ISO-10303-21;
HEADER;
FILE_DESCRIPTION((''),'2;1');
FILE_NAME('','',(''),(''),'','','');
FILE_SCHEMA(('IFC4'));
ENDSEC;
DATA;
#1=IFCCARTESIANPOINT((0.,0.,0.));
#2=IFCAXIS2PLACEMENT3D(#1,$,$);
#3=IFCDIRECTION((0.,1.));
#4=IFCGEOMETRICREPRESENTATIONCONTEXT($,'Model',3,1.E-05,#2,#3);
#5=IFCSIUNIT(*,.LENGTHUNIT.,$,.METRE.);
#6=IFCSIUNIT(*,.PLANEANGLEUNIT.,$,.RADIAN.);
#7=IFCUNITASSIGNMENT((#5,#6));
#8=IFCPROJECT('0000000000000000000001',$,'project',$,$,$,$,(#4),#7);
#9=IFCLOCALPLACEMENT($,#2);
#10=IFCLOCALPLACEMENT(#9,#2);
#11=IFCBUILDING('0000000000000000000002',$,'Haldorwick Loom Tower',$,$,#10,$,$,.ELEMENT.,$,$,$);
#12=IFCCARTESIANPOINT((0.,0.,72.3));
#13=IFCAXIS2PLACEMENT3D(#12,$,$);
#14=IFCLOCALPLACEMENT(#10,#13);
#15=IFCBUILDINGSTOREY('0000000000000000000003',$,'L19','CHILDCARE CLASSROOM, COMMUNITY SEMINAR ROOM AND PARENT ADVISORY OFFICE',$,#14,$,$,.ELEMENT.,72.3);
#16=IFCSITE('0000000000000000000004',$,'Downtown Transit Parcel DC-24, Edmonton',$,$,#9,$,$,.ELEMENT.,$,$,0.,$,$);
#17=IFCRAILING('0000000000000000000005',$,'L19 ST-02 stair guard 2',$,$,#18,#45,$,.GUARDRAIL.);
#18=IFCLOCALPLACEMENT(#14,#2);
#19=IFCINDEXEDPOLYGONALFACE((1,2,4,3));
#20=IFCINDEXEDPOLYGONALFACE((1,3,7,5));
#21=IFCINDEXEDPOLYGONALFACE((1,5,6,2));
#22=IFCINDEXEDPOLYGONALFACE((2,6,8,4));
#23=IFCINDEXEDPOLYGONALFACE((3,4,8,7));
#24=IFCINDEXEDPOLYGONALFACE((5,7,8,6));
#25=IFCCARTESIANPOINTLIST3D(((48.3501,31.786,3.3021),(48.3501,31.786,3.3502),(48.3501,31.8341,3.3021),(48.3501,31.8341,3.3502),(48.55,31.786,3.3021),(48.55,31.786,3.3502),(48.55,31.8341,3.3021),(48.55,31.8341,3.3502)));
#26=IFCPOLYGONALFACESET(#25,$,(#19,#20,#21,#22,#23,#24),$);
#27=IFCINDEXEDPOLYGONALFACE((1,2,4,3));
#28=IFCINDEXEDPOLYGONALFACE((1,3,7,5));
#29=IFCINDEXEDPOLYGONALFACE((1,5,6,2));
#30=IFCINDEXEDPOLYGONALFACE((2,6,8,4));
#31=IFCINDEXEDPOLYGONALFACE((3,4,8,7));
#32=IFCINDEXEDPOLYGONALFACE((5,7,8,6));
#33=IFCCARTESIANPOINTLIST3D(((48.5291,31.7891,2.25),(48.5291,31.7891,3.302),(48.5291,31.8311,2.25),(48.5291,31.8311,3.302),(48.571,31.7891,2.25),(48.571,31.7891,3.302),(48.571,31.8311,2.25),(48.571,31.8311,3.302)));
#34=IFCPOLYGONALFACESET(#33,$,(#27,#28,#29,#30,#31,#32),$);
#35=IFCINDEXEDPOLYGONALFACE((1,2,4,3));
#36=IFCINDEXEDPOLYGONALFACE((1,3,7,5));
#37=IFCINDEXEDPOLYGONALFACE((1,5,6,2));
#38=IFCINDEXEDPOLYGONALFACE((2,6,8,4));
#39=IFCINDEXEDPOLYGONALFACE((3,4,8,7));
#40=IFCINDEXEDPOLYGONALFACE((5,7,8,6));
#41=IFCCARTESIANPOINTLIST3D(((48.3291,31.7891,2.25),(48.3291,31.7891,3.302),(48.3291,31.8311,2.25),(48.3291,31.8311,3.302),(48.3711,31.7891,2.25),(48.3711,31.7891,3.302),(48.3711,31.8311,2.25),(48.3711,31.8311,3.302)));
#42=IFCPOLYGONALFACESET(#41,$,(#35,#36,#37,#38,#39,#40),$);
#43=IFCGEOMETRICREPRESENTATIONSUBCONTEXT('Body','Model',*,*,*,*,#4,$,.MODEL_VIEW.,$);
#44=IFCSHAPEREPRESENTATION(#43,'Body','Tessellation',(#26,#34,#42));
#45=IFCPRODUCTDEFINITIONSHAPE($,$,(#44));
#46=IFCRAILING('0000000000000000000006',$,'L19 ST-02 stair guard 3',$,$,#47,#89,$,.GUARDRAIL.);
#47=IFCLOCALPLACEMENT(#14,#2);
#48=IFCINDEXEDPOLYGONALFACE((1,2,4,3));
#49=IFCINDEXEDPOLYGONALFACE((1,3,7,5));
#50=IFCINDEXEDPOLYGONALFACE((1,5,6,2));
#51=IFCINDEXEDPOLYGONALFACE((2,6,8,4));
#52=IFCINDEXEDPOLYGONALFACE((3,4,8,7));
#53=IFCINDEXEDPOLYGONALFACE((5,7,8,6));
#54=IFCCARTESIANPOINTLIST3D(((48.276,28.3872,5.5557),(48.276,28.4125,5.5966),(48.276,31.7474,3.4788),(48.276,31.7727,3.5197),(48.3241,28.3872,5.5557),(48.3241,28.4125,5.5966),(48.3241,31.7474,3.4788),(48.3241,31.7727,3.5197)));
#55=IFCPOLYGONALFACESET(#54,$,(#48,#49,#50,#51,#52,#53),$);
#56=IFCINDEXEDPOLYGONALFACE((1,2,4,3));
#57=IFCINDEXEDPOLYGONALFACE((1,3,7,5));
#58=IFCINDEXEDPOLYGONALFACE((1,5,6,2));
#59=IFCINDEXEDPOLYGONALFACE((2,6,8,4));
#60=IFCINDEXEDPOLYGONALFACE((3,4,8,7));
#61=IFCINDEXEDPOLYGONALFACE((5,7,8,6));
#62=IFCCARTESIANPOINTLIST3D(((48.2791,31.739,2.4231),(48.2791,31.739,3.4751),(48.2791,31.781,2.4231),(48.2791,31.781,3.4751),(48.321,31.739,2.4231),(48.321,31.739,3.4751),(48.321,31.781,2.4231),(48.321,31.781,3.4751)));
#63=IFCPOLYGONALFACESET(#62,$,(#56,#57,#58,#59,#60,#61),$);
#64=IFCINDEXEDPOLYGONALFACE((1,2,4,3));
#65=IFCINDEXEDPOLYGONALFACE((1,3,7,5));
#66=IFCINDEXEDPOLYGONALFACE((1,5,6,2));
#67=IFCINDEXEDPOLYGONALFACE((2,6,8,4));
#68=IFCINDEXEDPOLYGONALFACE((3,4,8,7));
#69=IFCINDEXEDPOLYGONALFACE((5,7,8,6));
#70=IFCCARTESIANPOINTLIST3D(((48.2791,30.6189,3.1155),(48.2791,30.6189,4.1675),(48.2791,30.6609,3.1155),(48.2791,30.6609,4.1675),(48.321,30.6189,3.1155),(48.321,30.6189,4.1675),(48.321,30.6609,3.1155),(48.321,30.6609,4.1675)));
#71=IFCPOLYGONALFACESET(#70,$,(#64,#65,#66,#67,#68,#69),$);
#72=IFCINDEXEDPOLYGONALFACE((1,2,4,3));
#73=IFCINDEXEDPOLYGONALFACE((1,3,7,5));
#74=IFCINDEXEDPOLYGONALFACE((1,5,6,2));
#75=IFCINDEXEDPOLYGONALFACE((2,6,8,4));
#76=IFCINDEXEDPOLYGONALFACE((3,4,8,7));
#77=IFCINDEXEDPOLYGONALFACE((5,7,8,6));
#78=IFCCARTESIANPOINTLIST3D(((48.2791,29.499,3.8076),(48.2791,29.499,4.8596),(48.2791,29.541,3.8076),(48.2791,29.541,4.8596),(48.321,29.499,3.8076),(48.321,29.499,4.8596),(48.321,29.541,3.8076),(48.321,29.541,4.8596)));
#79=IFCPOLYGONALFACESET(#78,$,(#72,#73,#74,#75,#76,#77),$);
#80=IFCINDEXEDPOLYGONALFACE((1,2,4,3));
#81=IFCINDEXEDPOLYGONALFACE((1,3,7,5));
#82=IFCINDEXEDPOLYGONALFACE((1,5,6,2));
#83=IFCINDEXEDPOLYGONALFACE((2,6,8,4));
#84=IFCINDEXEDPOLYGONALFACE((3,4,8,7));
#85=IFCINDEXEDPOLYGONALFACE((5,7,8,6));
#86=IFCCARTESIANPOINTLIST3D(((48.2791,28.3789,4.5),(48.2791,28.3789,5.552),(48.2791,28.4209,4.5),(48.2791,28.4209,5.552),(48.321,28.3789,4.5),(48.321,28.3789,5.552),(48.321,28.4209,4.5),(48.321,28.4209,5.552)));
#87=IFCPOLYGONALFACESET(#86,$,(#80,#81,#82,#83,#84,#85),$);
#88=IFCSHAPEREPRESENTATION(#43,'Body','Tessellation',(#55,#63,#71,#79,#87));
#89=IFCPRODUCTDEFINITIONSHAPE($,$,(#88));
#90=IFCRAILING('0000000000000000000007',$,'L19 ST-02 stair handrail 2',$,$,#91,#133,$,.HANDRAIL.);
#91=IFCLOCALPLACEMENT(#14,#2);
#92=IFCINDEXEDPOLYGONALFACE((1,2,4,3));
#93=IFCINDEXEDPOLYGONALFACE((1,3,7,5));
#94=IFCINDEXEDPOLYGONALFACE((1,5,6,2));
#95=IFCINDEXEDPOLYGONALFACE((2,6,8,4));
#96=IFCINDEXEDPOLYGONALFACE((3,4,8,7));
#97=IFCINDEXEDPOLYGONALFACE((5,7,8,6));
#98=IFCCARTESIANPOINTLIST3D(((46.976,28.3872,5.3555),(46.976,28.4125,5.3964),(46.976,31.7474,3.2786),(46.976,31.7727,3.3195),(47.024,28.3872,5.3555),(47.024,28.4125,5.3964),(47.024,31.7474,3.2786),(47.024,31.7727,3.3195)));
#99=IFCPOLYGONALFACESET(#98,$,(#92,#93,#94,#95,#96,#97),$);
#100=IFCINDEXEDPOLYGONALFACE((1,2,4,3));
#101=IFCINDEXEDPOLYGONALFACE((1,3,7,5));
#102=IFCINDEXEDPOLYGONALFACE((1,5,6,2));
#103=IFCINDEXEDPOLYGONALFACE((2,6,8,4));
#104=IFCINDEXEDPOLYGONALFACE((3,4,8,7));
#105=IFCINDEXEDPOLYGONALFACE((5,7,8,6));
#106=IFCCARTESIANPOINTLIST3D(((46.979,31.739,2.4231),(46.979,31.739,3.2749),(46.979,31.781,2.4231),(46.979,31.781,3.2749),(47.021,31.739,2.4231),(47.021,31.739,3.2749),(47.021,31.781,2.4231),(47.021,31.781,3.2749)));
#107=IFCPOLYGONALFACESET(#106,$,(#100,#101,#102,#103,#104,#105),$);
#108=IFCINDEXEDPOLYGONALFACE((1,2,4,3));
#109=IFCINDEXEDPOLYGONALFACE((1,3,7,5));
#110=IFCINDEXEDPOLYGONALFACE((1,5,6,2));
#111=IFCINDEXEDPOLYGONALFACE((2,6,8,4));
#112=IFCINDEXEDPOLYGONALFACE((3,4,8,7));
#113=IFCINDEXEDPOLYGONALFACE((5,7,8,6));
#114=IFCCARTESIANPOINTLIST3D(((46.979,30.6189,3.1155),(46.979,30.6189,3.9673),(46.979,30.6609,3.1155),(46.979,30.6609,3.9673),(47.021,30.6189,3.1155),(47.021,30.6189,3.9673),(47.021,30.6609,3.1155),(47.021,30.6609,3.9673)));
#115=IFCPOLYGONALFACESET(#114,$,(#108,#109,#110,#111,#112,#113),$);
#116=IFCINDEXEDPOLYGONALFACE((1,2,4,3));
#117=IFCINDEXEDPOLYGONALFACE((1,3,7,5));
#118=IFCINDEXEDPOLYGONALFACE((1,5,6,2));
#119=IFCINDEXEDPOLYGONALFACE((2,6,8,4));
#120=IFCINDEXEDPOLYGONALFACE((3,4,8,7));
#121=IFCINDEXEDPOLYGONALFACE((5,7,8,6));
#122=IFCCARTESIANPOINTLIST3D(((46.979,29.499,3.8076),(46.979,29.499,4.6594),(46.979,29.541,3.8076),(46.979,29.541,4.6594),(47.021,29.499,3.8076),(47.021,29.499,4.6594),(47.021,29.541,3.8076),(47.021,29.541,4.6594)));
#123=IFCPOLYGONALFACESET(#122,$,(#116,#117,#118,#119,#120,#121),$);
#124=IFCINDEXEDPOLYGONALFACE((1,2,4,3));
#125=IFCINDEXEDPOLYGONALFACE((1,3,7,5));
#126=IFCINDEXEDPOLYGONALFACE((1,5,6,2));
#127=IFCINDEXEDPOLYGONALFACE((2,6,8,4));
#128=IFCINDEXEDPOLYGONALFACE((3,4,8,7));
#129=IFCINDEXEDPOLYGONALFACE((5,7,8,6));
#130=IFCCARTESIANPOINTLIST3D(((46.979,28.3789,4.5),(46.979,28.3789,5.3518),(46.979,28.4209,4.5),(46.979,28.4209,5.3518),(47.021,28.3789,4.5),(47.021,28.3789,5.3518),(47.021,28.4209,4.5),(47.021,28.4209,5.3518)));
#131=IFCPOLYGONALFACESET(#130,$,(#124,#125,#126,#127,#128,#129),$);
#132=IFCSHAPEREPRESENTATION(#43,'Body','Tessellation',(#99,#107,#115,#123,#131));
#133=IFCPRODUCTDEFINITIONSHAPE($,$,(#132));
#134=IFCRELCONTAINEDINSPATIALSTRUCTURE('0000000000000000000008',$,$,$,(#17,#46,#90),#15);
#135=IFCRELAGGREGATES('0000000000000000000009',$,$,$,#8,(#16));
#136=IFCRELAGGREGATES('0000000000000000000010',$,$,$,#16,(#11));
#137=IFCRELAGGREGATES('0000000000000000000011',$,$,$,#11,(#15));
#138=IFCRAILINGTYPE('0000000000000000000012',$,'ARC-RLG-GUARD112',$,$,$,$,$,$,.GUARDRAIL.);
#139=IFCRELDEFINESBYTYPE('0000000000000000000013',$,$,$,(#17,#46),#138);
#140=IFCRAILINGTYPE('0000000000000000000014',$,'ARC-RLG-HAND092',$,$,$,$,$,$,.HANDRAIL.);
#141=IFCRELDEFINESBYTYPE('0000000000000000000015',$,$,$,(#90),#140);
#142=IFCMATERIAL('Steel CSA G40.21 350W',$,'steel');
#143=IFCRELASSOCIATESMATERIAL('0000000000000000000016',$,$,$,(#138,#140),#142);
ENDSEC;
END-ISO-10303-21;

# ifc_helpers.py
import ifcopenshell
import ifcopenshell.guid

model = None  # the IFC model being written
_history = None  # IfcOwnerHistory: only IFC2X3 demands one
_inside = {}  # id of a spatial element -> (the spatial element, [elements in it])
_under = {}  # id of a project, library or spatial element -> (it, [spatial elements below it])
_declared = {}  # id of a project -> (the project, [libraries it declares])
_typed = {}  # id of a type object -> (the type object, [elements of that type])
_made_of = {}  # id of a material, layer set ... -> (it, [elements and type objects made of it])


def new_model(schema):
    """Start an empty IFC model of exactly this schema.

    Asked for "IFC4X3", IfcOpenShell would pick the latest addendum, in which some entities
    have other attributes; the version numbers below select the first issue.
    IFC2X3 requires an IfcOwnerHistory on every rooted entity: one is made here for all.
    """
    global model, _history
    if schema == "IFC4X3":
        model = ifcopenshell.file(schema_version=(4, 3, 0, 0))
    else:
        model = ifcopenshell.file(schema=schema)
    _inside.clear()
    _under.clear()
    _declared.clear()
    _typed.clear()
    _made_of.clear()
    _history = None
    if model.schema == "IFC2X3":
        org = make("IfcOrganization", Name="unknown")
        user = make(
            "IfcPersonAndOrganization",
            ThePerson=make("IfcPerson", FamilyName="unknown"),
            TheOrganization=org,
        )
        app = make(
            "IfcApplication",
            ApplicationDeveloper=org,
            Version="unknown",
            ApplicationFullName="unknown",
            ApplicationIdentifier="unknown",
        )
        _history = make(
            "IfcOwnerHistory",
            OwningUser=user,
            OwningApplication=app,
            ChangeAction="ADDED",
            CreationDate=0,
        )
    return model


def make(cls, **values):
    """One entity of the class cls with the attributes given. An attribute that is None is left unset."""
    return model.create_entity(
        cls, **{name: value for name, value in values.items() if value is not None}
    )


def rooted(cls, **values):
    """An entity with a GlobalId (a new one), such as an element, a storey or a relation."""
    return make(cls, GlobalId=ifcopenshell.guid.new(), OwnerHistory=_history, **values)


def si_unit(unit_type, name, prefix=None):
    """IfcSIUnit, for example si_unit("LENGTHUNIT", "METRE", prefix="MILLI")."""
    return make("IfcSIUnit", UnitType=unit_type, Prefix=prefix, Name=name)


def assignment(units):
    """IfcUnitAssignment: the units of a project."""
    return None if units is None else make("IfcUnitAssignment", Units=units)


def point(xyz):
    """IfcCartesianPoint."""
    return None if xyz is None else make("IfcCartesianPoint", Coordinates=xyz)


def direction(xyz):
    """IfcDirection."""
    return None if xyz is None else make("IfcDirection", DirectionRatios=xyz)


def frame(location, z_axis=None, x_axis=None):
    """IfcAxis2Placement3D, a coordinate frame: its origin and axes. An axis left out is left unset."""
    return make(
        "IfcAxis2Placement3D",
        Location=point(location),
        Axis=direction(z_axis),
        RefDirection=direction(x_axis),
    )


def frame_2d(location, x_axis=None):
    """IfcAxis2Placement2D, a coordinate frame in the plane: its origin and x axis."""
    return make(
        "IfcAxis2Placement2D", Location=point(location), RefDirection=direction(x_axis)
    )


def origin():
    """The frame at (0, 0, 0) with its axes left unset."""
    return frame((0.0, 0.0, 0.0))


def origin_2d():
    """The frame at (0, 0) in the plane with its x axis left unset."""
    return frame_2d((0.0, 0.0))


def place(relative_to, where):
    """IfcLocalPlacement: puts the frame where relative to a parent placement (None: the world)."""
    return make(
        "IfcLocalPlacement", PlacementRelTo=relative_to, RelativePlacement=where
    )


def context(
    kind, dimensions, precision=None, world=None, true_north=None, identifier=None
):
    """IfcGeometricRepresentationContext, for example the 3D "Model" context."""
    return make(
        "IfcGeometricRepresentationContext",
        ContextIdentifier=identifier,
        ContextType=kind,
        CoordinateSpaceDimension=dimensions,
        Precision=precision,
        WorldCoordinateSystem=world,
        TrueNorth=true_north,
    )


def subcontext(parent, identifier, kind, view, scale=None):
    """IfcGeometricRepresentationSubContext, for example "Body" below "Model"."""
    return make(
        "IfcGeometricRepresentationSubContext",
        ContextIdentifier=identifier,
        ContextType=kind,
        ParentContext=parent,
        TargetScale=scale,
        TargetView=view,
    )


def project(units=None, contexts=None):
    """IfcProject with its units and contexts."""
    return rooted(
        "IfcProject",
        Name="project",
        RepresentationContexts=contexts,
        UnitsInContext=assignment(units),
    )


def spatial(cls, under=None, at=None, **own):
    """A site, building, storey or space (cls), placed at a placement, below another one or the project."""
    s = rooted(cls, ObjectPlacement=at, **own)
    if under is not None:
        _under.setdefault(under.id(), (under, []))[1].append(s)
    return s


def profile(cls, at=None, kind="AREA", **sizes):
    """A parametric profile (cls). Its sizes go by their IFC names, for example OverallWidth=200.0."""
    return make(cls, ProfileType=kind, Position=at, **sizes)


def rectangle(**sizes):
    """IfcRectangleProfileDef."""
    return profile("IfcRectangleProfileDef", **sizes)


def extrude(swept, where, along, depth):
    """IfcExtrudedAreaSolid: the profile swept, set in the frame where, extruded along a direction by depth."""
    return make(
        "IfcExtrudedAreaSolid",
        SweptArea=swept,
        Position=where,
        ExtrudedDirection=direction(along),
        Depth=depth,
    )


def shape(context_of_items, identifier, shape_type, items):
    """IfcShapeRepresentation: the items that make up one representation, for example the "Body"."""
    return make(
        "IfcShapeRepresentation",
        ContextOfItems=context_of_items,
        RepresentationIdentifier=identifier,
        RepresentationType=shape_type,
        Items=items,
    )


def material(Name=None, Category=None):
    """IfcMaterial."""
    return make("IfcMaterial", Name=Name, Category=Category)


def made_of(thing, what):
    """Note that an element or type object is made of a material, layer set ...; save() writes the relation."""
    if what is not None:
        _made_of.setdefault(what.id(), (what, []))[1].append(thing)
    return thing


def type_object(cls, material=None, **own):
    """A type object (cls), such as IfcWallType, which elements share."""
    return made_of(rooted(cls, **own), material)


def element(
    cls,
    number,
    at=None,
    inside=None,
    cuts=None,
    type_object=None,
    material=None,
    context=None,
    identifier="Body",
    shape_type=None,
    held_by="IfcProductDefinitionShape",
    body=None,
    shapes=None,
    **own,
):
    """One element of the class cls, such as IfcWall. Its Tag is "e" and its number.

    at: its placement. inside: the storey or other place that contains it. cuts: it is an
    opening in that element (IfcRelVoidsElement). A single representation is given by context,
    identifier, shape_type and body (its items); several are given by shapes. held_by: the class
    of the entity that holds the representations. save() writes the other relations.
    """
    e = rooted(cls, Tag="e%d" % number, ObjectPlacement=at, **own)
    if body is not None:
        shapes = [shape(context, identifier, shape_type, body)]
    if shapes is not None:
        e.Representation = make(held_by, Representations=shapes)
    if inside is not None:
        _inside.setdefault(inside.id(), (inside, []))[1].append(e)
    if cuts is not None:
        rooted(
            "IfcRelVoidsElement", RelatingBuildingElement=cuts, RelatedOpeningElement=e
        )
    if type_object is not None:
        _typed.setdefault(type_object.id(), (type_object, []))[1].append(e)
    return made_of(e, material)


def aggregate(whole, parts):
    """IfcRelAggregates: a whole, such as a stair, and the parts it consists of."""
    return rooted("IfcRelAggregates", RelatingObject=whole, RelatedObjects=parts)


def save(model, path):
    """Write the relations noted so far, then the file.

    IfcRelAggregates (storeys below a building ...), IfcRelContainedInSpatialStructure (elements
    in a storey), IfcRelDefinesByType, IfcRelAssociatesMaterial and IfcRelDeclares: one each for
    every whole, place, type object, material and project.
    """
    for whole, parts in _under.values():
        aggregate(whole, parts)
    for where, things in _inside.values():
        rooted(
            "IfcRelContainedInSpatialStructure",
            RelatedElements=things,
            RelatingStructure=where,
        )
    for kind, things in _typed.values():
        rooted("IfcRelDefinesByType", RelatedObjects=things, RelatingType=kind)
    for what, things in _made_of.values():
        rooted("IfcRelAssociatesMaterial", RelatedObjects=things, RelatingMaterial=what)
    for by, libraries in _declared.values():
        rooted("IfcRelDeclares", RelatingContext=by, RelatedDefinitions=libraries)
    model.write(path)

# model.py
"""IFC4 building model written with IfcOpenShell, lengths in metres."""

from ifc_helpers import new_model, si_unit, direction, frame, origin, origin_2d, place, context, subcontext, project, spatial, rectangle, extrude, material, type_object, element, save


model = new_model("IFC4")

# Units and contexts
model_context = context("Model", 3, precision=1e-05, world=origin(), true_north=direction((0.0, 1.0)))
body_context = subcontext(model_context, "Body", "Model", "MODEL_VIEW")
ifc_project = project(units=[si_unit("LENGTHUNIT", "METRE"), si_unit("PLANEANGLEUNIT", "RADIAN")], contexts=[model_context])

# Site, building, storey
site_placement = place(None, origin())
site = spatial("IfcSite", under=ifc_project, at=site_placement, Name="Downtown Transit Parcel DC-24, Edmonton", CompositionType="ELEMENT", RefElevation=0.0)
building_placement = place(site_placement, origin())
building = spatial("IfcBuilding", under=site, at=building_placement, Name="Haldorwick Loom Tower", CompositionType="ELEMENT")
storey_placement = place(building_placement, frame((0.0, 0.0, 72.3)))
storey = spatial("IfcBuildingStorey", under=building, at=storey_placement, Name="L19", Description="CHILDCARE CLASSROOM, COMMUNITY SEMINAR ROOM AND PARENT ADVISORY OFFICE", CompositionType="ELEMENT", Elevation=72.3)

# Shared definitions
ifc_material_1 = material(Name="Steel CSA G40.21 350W", Category="steel")

# Railings
railing_type_1 = type_object("IfcRailingType", Name="ARC-RLG-GUARD112", PredefinedType="GUARDRAIL", material=ifc_material_1)
railing_1_placement = place(storey_placement, frame((48.55, 31.8101, 2.25)))
element("IfcRailing", 1, at=railing_1_placement, inside=storey, type_object=railing_type_1, Name="L19 ST-02 stair guard 2", PredefinedType="GUARDRAIL", context=body_context, shape_type="SweptSolid", body=[
    extrude(rectangle(XDim=0.0481, YDim=0.0481, at=origin_2d()), frame((0.0, 0.0, 1.0762), z_axis=(-1.0, 0.0, 0.0), x_axis=(0.0, -1.0, 0.0)), (0.0, 0.0, 1.0), 0.2),
    extrude(rectangle(XDim=0.042, YDim=0.042, at=origin_2d()), origin(), (0.0, 0.0, 1.0), 1.052),
    extrude(rectangle(XDim=0.042, YDim=0.042, at=origin_2d()), frame((-0.2, 0.0, 0.0)), (0.0, 0.0, 1.0), 1.052),
])
railing_2_placement = place(storey_placement, frame((48.3, 31.76, 2.4231)))
element("IfcRailing", 2, at=railing_2_placement, inside=storey, type_object=railing_type_1, Name="L19 ST-02 stair guard 3", PredefinedType="GUARDRAIL", context=body_context, shape_type="SweptSolid", body=[
    extrude(rectangle(XDim=0.0481, YDim=0.0481, at=origin_2d()), frame((0.0, 0.0, 1.0762), z_axis=(0.0, -0.850623, 0.525776), x_axis=(1.0, 0.0, 0.0)), (0.0, 0.0, 1.0), 3.9502),
    extrude(rectangle(XDim=0.042, YDim=0.042, at=origin_2d()), origin(), (0.0, 0.0, 1.0), 1.052),
    extrude(rectangle(XDim=0.042, YDim=0.042, at=origin_2d()), frame((0.0, -1.1201, 0.6924)), (0.0, 0.0, 1.0), 1.052),
    extrude(rectangle(XDim=0.042, YDim=0.042, at=origin_2d()), frame((0.0, -2.24, 1.3845)), (0.0, 0.0, 1.0), 1.052),
    extrude(rectangle(XDim=0.042, YDim=0.042, at=origin_2d()), frame((0.0, -3.3601, 2.0769)), (0.0, 0.0, 1.0), 1.052),
])
railing_type_2 = type_object("IfcRailingType", Name="ARC-RLG-HAND092", PredefinedType="HANDRAIL", material=ifc_material_1)
railing_3_placement = place(storey_placement, frame((47.0, 31.76, 2.4231)))
element("IfcRailing", 3, at=railing_3_placement, inside=storey, type_object=railing_type_2, Name="L19 ST-02 stair handrail 2", PredefinedType="HANDRAIL", context=body_context, shape_type="SweptSolid", body=[
    extrude(rectangle(XDim=0.0481, YDim=0.0481, at=origin_2d()), frame((0.0, 0.0, 0.876), z_axis=(0.0, -0.850623, 0.525776), x_axis=(1.0, 0.0, 0.0)), (0.0, 0.0, 1.0), 3.9502),
    extrude(rectangle(XDim=0.042, YDim=0.042, at=origin_2d()), origin(), (0.0, 0.0, 1.0), 0.8518),
    extrude(rectangle(XDim=0.042, YDim=0.042, at=origin_2d()), frame((0.0, -1.1201, 0.6924)), (0.0, 0.0, 1.0), 0.8518),
    extrude(rectangle(XDim=0.042, YDim=0.042, at=origin_2d()), frame((0.0, -2.24, 1.3845)), (0.0, 0.0, 1.0), 0.8518),
    extrude(rectangle(XDim=0.042, YDim=0.042, at=origin_2d()), frame((0.0, -3.3601, 2.0769)), (0.0, 0.0, 1.0), 0.8518),
])

save(model, "model.ifc")
